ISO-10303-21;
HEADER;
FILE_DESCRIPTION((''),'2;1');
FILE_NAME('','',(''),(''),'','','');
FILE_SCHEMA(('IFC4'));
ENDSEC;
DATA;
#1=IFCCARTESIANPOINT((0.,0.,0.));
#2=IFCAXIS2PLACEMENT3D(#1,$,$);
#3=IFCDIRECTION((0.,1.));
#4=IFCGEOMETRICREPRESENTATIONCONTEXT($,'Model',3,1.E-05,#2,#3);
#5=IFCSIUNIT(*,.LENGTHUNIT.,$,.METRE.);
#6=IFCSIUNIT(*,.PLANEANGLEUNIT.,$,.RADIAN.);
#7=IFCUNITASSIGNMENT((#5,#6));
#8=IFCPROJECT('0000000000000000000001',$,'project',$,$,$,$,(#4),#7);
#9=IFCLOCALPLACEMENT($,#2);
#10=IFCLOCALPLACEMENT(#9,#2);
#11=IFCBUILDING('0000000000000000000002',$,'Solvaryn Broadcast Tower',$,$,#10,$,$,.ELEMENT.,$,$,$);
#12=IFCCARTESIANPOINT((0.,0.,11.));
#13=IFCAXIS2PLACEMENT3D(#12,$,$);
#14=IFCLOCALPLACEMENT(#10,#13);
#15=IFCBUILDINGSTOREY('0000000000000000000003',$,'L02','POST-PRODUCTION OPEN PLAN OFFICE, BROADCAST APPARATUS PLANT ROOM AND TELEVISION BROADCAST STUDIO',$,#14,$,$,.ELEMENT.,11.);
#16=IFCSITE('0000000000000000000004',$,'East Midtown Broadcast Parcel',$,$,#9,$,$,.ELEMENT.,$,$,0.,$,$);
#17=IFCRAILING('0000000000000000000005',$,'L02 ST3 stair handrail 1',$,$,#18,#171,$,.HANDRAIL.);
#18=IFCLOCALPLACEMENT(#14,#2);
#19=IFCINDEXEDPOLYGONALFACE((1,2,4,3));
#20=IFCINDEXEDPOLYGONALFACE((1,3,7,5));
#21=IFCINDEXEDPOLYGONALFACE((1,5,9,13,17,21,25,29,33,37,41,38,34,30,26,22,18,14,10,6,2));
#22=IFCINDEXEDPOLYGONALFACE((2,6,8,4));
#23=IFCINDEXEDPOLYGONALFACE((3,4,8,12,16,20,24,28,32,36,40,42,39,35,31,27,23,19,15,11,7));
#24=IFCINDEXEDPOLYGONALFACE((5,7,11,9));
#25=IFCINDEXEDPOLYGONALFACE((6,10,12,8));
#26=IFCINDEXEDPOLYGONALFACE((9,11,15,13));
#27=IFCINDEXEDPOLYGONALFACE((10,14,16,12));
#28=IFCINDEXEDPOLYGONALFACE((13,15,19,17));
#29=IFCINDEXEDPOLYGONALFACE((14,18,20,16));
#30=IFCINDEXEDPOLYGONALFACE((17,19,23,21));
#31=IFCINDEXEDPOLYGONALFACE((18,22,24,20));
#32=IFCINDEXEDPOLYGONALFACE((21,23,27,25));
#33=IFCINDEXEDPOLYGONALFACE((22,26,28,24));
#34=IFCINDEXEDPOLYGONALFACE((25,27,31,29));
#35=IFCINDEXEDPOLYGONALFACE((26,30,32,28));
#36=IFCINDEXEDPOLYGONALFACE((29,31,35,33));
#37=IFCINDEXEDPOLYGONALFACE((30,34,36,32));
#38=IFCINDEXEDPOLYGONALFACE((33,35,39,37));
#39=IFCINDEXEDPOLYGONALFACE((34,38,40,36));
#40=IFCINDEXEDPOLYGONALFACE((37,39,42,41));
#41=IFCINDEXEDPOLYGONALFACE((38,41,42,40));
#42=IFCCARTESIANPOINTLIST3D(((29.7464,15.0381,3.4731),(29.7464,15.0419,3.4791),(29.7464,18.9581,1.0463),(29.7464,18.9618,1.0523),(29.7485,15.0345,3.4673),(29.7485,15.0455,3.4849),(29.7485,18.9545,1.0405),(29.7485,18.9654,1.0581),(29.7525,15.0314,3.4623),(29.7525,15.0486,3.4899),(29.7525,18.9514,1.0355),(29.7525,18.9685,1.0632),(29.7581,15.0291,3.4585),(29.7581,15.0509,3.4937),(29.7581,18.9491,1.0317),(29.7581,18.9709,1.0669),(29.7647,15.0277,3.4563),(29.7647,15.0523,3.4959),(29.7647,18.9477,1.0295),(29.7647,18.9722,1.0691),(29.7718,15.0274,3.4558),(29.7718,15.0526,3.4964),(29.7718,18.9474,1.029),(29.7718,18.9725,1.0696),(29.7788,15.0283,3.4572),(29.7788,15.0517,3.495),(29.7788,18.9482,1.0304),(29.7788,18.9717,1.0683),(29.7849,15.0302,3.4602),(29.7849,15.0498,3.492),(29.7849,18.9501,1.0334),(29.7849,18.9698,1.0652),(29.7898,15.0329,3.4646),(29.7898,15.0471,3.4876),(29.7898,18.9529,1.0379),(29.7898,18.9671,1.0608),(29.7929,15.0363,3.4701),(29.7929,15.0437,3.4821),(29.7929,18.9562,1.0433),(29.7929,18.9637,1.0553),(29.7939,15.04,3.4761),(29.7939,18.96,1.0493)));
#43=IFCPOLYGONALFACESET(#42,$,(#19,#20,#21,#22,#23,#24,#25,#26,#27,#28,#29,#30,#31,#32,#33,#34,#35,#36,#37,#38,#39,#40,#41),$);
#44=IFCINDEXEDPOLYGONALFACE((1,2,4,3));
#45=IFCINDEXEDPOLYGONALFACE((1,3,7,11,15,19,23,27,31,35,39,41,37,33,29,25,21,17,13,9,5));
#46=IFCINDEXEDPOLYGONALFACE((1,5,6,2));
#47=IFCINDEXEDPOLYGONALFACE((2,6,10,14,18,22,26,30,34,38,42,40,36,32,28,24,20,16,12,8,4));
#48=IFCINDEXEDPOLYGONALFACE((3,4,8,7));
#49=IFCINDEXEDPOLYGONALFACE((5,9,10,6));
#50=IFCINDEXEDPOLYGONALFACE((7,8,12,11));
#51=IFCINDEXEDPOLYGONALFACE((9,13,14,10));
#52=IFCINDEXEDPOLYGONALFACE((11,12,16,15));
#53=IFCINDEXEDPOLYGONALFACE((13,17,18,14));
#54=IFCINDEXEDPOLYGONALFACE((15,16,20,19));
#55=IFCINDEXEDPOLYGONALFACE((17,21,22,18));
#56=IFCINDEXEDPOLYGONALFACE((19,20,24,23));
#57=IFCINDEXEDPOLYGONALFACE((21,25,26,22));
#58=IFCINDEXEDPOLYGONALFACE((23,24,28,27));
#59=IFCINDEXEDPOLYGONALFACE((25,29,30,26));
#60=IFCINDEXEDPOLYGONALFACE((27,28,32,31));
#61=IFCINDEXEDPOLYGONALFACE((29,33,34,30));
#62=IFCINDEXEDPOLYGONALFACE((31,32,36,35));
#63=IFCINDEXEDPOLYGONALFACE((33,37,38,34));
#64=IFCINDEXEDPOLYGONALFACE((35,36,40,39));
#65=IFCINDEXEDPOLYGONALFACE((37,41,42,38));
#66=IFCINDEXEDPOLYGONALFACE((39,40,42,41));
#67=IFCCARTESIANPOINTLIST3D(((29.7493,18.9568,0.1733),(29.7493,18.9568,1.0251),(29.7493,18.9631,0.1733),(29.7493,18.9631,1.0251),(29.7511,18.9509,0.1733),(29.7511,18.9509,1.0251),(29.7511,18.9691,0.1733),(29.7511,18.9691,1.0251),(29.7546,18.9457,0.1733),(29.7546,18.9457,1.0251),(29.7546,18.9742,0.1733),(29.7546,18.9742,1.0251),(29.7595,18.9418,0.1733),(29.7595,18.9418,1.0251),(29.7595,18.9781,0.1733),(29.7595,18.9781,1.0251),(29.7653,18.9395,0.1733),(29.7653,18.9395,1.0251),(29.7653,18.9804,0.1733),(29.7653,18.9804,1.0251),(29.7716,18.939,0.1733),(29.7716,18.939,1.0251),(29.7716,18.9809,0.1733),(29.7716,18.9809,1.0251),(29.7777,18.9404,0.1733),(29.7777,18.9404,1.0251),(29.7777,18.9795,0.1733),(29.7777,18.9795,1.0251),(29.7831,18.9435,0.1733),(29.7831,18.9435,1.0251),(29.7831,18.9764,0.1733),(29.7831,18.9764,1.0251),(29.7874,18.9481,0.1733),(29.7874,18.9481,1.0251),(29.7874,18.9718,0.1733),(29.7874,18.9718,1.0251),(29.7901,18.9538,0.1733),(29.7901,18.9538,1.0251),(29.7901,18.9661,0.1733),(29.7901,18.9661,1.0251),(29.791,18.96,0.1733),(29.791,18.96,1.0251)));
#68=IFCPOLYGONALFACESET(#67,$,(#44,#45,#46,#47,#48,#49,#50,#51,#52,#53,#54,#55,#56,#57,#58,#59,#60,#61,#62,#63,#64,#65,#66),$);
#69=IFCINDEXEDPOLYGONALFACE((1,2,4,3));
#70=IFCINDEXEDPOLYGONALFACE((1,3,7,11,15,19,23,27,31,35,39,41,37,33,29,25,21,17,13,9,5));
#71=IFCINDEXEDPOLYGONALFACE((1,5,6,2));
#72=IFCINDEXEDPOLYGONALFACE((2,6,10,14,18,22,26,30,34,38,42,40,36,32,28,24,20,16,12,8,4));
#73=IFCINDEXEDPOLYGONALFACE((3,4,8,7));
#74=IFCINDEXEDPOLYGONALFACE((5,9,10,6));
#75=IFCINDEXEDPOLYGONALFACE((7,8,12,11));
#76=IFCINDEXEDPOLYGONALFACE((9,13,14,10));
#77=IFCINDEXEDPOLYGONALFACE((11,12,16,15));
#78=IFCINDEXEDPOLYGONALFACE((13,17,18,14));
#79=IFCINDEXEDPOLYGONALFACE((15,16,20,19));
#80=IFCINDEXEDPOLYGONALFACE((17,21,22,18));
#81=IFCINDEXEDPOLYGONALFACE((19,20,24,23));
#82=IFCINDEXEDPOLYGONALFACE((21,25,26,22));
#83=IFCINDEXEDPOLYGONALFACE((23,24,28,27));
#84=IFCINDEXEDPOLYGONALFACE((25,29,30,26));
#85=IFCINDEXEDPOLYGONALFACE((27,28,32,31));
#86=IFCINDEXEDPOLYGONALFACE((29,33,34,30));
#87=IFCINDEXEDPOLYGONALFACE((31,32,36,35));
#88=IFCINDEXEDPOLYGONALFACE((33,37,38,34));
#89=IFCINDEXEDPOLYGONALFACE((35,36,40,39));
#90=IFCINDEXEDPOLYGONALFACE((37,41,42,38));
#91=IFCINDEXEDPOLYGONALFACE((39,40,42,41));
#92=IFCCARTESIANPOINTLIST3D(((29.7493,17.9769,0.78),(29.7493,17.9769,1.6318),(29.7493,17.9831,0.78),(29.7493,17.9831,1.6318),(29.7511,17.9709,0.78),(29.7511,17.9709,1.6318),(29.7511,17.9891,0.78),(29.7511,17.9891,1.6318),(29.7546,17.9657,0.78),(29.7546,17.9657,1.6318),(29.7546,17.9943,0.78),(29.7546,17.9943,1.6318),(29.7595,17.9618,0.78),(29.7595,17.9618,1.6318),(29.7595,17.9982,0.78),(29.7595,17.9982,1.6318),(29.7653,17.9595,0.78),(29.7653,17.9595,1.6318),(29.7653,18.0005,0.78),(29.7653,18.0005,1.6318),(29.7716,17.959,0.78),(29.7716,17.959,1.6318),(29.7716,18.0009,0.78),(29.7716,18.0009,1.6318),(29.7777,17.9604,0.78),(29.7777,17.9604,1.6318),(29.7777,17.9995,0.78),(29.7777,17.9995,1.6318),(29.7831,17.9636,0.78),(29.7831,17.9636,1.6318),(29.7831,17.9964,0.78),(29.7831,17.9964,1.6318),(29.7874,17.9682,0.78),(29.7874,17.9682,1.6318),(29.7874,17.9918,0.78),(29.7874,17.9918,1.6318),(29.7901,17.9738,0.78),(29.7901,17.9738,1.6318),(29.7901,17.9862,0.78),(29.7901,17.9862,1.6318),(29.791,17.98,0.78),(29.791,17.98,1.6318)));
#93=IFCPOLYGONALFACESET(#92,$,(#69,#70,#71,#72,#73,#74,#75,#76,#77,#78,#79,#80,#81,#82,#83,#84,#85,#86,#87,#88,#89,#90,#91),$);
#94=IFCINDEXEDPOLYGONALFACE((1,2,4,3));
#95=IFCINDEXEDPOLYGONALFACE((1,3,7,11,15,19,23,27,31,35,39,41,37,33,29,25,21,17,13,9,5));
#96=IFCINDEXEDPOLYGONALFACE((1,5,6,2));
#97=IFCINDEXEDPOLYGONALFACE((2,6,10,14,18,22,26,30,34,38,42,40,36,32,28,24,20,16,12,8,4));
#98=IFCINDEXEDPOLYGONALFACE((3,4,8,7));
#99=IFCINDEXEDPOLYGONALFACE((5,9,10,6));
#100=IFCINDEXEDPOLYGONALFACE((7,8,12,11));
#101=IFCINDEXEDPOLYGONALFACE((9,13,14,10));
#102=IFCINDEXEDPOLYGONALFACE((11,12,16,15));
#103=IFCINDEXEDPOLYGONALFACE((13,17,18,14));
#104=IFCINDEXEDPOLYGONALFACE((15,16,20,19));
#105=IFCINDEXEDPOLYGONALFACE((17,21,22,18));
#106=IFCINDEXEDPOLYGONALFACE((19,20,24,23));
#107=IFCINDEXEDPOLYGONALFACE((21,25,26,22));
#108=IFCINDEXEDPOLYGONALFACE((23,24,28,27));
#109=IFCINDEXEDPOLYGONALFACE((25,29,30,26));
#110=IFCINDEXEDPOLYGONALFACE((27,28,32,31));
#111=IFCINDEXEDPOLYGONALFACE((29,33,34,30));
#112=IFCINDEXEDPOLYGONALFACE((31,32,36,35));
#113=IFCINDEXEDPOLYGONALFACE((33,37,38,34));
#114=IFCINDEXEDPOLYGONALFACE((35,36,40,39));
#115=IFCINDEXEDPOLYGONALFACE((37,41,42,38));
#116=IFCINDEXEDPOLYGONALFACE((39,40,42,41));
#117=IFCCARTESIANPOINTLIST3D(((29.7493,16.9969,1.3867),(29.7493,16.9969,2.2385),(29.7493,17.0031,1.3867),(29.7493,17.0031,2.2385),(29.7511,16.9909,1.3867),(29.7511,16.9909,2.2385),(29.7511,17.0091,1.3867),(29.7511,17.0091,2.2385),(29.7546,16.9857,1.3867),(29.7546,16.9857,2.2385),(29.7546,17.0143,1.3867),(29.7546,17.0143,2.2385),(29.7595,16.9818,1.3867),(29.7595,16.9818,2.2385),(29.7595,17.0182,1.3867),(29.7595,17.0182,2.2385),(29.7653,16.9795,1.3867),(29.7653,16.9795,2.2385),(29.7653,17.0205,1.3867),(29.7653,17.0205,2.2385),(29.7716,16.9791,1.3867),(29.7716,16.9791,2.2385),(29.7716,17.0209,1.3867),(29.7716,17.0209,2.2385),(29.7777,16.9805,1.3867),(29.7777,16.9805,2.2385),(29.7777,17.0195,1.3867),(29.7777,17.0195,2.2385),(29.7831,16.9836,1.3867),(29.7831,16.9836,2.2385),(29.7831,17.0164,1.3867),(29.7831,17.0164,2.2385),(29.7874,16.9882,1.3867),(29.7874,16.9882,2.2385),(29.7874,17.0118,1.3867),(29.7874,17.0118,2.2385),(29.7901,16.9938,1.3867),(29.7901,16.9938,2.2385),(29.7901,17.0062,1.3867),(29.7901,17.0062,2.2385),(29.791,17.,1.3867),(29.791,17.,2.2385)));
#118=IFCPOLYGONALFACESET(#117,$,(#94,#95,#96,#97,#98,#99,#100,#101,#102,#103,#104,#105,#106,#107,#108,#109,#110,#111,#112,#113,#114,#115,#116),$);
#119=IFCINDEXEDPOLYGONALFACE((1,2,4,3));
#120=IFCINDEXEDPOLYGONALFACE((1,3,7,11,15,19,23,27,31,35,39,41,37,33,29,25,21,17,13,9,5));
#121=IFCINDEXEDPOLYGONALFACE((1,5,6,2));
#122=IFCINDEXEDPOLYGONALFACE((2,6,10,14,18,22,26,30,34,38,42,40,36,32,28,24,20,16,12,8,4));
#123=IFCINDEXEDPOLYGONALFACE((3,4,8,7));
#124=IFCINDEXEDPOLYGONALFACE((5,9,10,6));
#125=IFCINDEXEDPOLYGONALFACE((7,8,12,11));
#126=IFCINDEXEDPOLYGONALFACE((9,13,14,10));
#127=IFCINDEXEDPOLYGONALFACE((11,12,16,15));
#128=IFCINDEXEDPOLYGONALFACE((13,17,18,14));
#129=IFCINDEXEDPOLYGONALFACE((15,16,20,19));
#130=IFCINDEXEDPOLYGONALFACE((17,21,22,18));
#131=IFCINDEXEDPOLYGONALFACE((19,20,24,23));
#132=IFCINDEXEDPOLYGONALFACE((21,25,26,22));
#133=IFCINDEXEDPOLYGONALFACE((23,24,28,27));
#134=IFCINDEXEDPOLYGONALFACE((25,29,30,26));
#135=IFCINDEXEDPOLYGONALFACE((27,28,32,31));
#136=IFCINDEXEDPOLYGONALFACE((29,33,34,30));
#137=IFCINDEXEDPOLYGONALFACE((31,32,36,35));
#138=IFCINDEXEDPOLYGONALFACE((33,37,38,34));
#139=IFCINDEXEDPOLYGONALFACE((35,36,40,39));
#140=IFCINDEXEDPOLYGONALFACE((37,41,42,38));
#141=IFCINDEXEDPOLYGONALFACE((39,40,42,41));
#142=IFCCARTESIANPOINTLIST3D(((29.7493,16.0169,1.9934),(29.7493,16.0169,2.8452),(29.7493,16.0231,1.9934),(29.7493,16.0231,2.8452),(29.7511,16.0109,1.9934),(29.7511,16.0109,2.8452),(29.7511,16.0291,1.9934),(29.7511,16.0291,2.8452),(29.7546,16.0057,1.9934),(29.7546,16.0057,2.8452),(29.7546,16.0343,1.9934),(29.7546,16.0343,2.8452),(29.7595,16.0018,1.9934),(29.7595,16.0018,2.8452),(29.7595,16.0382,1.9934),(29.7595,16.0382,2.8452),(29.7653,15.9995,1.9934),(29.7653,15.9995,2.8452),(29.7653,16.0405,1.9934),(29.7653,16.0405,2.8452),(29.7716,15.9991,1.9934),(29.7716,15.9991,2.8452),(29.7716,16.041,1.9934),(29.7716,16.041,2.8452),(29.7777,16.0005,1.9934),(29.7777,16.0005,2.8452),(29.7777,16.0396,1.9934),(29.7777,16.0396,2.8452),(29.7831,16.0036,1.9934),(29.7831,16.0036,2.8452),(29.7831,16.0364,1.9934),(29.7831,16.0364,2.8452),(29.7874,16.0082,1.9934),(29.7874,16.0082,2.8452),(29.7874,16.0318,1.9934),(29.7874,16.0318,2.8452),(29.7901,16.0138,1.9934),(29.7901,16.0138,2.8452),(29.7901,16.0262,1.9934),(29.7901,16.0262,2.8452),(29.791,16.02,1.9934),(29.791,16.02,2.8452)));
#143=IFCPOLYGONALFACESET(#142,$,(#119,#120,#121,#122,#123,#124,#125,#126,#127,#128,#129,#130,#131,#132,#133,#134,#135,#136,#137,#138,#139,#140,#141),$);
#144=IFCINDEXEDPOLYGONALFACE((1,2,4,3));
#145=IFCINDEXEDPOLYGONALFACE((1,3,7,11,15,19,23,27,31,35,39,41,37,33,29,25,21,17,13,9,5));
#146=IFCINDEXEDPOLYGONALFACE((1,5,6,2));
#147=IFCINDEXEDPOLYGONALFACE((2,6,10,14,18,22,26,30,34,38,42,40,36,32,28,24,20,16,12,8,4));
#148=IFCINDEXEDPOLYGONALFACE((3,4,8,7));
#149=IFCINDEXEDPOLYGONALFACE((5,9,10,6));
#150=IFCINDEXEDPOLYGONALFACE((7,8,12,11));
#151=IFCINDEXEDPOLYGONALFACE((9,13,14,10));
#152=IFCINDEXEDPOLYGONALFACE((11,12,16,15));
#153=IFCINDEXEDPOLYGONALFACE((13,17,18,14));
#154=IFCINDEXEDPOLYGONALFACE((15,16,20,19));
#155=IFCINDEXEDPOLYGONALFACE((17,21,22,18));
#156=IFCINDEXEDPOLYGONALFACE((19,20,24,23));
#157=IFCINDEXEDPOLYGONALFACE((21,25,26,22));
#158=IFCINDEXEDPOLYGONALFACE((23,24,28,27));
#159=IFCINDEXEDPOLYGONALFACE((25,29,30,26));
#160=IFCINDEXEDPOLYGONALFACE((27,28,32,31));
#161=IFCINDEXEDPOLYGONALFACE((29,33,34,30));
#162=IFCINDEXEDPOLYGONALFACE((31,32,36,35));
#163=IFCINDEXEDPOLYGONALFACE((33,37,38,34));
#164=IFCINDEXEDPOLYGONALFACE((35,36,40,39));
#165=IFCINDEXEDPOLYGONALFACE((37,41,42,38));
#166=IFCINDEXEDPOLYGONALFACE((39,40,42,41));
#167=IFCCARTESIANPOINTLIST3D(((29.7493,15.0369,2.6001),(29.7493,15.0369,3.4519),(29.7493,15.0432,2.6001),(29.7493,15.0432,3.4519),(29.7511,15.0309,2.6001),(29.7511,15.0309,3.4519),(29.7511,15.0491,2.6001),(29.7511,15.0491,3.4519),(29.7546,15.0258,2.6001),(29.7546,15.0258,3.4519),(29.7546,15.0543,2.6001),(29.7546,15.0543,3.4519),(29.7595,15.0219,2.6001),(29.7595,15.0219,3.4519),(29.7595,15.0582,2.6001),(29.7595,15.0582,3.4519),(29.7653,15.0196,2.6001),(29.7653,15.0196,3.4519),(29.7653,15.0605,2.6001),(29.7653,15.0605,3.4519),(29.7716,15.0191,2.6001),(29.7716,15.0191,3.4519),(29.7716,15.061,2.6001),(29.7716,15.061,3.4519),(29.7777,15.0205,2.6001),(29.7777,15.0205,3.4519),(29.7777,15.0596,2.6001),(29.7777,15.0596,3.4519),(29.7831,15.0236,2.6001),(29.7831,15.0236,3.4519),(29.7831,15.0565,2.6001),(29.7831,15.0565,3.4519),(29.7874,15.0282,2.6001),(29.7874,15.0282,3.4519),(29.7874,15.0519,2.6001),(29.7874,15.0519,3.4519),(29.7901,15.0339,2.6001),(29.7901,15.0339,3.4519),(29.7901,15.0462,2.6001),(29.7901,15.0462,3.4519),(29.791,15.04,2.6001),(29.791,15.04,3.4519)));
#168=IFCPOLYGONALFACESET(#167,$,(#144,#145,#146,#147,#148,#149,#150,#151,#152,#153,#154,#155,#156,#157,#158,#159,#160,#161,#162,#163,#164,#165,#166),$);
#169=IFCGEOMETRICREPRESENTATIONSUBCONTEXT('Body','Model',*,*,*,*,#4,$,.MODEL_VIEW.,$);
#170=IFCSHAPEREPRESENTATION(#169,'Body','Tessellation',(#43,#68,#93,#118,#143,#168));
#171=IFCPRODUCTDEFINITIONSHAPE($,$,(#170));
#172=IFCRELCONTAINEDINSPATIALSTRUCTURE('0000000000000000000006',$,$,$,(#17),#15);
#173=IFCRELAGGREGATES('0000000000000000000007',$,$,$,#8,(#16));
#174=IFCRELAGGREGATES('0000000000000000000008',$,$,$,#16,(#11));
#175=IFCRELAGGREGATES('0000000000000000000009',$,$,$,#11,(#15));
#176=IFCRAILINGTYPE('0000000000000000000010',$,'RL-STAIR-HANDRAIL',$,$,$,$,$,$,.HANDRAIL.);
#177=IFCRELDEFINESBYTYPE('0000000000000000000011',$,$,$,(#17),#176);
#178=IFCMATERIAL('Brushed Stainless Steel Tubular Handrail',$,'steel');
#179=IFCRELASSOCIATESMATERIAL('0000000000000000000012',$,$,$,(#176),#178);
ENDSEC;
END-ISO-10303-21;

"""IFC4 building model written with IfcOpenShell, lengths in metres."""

from ifc_helpers import new_model, si_unit, direction, frame, origin, origin_2d, place, context, subcontext, project, spatial, circle, extrude, material, type_object, element, save


model = new_model("IFC4")

# Units and contexts
model_context = context("Model", 3, precision=1e-05, world=origin(), true_north=direction((0.0, 1.0)))
body_context = subcontext(model_context, "Body", "Model", "MODEL_VIEW")
ifc_project = project(units=[si_unit("LENGTHUNIT", "METRE"), si_unit("PLANEANGLEUNIT", "RADIAN")], contexts=[model_context])

# Site, building, storey
site_placement = place(None, origin())
site = spatial("IfcSite", under=ifc_project, at=site_placement, Name="East Midtown Broadcast Parcel", CompositionType="ELEMENT", RefElevation=0.0)
building_placement = place(site_placement, origin())
building = spatial("IfcBuilding", under=site, at=building_placement, Name="Solvaryn Broadcast Tower", CompositionType="ELEMENT")
storey_placement = place(building_placement, frame((0.0, 0.0, 11.0)))
storey = spatial("IfcBuildingStorey", under=building, at=storey_placement, Name="L02", Description="POST-PRODUCTION OPEN PLAN OFFICE, BROADCAST APPARATUS PLANT ROOM AND TELEVISION BROADCAST STUDIO", CompositionType="ELEMENT", Elevation=11.0)

# Railing
ifc_material_1 = material(Name="Brushed Stainless Steel Tubular Handrail", Category="steel")
railing_type_1 = type_object("IfcRailingType", Name="RL-STAIR-HANDRAIL", PredefinedType="HANDRAIL", material=ifc_material_1)
railing_1_placement = place(storey_placement, frame((29.77, 18.96, 0.1733)))
element("IfcRailing", 1, at=railing_1_placement, inside=storey, type_object=railing_type_1, Name="L02 ST3 stair handrail 1", PredefinedType="HANDRAIL", context=body_context, shape_type="SweptSolid", body=[
    extrude(circle(Radius=0.0239, at=origin_2d()), frame((0.0, 0.0, 0.876), z_axis=(0.0, -0.850252, 0.526376), x_axis=(1.0, 0.0, 0.0)), (0.0, 0.0, 1.0), 4.6104),
    extrude(circle(Radius=0.021, at=origin_2d()), origin(), (0.0, 0.0, 1.0), 0.8518),
    extrude(circle(Radius=0.021, at=origin_2d()), frame((0.0, -0.98, 0.6067)), (0.0, 0.0, 1.0), 0.8518),
    extrude(circle(Radius=0.021, at=origin_2d()), frame((0.0, -1.96, 1.2134)), (0.0, 0.0, 1.0), 0.8518),
    extrude(circle(Radius=0.021, at=origin_2d()), frame((0.0, -2.9399, 1.8201)), (0.0, 0.0, 1.0), 0.8518),
    extrude(circle(Radius=0.021, at=origin_2d()), frame((0.0, -3.9199, 2.4268)), (0.0, 0.0, 1.0), 0.8518),
])

save(model, "model.ifc")
